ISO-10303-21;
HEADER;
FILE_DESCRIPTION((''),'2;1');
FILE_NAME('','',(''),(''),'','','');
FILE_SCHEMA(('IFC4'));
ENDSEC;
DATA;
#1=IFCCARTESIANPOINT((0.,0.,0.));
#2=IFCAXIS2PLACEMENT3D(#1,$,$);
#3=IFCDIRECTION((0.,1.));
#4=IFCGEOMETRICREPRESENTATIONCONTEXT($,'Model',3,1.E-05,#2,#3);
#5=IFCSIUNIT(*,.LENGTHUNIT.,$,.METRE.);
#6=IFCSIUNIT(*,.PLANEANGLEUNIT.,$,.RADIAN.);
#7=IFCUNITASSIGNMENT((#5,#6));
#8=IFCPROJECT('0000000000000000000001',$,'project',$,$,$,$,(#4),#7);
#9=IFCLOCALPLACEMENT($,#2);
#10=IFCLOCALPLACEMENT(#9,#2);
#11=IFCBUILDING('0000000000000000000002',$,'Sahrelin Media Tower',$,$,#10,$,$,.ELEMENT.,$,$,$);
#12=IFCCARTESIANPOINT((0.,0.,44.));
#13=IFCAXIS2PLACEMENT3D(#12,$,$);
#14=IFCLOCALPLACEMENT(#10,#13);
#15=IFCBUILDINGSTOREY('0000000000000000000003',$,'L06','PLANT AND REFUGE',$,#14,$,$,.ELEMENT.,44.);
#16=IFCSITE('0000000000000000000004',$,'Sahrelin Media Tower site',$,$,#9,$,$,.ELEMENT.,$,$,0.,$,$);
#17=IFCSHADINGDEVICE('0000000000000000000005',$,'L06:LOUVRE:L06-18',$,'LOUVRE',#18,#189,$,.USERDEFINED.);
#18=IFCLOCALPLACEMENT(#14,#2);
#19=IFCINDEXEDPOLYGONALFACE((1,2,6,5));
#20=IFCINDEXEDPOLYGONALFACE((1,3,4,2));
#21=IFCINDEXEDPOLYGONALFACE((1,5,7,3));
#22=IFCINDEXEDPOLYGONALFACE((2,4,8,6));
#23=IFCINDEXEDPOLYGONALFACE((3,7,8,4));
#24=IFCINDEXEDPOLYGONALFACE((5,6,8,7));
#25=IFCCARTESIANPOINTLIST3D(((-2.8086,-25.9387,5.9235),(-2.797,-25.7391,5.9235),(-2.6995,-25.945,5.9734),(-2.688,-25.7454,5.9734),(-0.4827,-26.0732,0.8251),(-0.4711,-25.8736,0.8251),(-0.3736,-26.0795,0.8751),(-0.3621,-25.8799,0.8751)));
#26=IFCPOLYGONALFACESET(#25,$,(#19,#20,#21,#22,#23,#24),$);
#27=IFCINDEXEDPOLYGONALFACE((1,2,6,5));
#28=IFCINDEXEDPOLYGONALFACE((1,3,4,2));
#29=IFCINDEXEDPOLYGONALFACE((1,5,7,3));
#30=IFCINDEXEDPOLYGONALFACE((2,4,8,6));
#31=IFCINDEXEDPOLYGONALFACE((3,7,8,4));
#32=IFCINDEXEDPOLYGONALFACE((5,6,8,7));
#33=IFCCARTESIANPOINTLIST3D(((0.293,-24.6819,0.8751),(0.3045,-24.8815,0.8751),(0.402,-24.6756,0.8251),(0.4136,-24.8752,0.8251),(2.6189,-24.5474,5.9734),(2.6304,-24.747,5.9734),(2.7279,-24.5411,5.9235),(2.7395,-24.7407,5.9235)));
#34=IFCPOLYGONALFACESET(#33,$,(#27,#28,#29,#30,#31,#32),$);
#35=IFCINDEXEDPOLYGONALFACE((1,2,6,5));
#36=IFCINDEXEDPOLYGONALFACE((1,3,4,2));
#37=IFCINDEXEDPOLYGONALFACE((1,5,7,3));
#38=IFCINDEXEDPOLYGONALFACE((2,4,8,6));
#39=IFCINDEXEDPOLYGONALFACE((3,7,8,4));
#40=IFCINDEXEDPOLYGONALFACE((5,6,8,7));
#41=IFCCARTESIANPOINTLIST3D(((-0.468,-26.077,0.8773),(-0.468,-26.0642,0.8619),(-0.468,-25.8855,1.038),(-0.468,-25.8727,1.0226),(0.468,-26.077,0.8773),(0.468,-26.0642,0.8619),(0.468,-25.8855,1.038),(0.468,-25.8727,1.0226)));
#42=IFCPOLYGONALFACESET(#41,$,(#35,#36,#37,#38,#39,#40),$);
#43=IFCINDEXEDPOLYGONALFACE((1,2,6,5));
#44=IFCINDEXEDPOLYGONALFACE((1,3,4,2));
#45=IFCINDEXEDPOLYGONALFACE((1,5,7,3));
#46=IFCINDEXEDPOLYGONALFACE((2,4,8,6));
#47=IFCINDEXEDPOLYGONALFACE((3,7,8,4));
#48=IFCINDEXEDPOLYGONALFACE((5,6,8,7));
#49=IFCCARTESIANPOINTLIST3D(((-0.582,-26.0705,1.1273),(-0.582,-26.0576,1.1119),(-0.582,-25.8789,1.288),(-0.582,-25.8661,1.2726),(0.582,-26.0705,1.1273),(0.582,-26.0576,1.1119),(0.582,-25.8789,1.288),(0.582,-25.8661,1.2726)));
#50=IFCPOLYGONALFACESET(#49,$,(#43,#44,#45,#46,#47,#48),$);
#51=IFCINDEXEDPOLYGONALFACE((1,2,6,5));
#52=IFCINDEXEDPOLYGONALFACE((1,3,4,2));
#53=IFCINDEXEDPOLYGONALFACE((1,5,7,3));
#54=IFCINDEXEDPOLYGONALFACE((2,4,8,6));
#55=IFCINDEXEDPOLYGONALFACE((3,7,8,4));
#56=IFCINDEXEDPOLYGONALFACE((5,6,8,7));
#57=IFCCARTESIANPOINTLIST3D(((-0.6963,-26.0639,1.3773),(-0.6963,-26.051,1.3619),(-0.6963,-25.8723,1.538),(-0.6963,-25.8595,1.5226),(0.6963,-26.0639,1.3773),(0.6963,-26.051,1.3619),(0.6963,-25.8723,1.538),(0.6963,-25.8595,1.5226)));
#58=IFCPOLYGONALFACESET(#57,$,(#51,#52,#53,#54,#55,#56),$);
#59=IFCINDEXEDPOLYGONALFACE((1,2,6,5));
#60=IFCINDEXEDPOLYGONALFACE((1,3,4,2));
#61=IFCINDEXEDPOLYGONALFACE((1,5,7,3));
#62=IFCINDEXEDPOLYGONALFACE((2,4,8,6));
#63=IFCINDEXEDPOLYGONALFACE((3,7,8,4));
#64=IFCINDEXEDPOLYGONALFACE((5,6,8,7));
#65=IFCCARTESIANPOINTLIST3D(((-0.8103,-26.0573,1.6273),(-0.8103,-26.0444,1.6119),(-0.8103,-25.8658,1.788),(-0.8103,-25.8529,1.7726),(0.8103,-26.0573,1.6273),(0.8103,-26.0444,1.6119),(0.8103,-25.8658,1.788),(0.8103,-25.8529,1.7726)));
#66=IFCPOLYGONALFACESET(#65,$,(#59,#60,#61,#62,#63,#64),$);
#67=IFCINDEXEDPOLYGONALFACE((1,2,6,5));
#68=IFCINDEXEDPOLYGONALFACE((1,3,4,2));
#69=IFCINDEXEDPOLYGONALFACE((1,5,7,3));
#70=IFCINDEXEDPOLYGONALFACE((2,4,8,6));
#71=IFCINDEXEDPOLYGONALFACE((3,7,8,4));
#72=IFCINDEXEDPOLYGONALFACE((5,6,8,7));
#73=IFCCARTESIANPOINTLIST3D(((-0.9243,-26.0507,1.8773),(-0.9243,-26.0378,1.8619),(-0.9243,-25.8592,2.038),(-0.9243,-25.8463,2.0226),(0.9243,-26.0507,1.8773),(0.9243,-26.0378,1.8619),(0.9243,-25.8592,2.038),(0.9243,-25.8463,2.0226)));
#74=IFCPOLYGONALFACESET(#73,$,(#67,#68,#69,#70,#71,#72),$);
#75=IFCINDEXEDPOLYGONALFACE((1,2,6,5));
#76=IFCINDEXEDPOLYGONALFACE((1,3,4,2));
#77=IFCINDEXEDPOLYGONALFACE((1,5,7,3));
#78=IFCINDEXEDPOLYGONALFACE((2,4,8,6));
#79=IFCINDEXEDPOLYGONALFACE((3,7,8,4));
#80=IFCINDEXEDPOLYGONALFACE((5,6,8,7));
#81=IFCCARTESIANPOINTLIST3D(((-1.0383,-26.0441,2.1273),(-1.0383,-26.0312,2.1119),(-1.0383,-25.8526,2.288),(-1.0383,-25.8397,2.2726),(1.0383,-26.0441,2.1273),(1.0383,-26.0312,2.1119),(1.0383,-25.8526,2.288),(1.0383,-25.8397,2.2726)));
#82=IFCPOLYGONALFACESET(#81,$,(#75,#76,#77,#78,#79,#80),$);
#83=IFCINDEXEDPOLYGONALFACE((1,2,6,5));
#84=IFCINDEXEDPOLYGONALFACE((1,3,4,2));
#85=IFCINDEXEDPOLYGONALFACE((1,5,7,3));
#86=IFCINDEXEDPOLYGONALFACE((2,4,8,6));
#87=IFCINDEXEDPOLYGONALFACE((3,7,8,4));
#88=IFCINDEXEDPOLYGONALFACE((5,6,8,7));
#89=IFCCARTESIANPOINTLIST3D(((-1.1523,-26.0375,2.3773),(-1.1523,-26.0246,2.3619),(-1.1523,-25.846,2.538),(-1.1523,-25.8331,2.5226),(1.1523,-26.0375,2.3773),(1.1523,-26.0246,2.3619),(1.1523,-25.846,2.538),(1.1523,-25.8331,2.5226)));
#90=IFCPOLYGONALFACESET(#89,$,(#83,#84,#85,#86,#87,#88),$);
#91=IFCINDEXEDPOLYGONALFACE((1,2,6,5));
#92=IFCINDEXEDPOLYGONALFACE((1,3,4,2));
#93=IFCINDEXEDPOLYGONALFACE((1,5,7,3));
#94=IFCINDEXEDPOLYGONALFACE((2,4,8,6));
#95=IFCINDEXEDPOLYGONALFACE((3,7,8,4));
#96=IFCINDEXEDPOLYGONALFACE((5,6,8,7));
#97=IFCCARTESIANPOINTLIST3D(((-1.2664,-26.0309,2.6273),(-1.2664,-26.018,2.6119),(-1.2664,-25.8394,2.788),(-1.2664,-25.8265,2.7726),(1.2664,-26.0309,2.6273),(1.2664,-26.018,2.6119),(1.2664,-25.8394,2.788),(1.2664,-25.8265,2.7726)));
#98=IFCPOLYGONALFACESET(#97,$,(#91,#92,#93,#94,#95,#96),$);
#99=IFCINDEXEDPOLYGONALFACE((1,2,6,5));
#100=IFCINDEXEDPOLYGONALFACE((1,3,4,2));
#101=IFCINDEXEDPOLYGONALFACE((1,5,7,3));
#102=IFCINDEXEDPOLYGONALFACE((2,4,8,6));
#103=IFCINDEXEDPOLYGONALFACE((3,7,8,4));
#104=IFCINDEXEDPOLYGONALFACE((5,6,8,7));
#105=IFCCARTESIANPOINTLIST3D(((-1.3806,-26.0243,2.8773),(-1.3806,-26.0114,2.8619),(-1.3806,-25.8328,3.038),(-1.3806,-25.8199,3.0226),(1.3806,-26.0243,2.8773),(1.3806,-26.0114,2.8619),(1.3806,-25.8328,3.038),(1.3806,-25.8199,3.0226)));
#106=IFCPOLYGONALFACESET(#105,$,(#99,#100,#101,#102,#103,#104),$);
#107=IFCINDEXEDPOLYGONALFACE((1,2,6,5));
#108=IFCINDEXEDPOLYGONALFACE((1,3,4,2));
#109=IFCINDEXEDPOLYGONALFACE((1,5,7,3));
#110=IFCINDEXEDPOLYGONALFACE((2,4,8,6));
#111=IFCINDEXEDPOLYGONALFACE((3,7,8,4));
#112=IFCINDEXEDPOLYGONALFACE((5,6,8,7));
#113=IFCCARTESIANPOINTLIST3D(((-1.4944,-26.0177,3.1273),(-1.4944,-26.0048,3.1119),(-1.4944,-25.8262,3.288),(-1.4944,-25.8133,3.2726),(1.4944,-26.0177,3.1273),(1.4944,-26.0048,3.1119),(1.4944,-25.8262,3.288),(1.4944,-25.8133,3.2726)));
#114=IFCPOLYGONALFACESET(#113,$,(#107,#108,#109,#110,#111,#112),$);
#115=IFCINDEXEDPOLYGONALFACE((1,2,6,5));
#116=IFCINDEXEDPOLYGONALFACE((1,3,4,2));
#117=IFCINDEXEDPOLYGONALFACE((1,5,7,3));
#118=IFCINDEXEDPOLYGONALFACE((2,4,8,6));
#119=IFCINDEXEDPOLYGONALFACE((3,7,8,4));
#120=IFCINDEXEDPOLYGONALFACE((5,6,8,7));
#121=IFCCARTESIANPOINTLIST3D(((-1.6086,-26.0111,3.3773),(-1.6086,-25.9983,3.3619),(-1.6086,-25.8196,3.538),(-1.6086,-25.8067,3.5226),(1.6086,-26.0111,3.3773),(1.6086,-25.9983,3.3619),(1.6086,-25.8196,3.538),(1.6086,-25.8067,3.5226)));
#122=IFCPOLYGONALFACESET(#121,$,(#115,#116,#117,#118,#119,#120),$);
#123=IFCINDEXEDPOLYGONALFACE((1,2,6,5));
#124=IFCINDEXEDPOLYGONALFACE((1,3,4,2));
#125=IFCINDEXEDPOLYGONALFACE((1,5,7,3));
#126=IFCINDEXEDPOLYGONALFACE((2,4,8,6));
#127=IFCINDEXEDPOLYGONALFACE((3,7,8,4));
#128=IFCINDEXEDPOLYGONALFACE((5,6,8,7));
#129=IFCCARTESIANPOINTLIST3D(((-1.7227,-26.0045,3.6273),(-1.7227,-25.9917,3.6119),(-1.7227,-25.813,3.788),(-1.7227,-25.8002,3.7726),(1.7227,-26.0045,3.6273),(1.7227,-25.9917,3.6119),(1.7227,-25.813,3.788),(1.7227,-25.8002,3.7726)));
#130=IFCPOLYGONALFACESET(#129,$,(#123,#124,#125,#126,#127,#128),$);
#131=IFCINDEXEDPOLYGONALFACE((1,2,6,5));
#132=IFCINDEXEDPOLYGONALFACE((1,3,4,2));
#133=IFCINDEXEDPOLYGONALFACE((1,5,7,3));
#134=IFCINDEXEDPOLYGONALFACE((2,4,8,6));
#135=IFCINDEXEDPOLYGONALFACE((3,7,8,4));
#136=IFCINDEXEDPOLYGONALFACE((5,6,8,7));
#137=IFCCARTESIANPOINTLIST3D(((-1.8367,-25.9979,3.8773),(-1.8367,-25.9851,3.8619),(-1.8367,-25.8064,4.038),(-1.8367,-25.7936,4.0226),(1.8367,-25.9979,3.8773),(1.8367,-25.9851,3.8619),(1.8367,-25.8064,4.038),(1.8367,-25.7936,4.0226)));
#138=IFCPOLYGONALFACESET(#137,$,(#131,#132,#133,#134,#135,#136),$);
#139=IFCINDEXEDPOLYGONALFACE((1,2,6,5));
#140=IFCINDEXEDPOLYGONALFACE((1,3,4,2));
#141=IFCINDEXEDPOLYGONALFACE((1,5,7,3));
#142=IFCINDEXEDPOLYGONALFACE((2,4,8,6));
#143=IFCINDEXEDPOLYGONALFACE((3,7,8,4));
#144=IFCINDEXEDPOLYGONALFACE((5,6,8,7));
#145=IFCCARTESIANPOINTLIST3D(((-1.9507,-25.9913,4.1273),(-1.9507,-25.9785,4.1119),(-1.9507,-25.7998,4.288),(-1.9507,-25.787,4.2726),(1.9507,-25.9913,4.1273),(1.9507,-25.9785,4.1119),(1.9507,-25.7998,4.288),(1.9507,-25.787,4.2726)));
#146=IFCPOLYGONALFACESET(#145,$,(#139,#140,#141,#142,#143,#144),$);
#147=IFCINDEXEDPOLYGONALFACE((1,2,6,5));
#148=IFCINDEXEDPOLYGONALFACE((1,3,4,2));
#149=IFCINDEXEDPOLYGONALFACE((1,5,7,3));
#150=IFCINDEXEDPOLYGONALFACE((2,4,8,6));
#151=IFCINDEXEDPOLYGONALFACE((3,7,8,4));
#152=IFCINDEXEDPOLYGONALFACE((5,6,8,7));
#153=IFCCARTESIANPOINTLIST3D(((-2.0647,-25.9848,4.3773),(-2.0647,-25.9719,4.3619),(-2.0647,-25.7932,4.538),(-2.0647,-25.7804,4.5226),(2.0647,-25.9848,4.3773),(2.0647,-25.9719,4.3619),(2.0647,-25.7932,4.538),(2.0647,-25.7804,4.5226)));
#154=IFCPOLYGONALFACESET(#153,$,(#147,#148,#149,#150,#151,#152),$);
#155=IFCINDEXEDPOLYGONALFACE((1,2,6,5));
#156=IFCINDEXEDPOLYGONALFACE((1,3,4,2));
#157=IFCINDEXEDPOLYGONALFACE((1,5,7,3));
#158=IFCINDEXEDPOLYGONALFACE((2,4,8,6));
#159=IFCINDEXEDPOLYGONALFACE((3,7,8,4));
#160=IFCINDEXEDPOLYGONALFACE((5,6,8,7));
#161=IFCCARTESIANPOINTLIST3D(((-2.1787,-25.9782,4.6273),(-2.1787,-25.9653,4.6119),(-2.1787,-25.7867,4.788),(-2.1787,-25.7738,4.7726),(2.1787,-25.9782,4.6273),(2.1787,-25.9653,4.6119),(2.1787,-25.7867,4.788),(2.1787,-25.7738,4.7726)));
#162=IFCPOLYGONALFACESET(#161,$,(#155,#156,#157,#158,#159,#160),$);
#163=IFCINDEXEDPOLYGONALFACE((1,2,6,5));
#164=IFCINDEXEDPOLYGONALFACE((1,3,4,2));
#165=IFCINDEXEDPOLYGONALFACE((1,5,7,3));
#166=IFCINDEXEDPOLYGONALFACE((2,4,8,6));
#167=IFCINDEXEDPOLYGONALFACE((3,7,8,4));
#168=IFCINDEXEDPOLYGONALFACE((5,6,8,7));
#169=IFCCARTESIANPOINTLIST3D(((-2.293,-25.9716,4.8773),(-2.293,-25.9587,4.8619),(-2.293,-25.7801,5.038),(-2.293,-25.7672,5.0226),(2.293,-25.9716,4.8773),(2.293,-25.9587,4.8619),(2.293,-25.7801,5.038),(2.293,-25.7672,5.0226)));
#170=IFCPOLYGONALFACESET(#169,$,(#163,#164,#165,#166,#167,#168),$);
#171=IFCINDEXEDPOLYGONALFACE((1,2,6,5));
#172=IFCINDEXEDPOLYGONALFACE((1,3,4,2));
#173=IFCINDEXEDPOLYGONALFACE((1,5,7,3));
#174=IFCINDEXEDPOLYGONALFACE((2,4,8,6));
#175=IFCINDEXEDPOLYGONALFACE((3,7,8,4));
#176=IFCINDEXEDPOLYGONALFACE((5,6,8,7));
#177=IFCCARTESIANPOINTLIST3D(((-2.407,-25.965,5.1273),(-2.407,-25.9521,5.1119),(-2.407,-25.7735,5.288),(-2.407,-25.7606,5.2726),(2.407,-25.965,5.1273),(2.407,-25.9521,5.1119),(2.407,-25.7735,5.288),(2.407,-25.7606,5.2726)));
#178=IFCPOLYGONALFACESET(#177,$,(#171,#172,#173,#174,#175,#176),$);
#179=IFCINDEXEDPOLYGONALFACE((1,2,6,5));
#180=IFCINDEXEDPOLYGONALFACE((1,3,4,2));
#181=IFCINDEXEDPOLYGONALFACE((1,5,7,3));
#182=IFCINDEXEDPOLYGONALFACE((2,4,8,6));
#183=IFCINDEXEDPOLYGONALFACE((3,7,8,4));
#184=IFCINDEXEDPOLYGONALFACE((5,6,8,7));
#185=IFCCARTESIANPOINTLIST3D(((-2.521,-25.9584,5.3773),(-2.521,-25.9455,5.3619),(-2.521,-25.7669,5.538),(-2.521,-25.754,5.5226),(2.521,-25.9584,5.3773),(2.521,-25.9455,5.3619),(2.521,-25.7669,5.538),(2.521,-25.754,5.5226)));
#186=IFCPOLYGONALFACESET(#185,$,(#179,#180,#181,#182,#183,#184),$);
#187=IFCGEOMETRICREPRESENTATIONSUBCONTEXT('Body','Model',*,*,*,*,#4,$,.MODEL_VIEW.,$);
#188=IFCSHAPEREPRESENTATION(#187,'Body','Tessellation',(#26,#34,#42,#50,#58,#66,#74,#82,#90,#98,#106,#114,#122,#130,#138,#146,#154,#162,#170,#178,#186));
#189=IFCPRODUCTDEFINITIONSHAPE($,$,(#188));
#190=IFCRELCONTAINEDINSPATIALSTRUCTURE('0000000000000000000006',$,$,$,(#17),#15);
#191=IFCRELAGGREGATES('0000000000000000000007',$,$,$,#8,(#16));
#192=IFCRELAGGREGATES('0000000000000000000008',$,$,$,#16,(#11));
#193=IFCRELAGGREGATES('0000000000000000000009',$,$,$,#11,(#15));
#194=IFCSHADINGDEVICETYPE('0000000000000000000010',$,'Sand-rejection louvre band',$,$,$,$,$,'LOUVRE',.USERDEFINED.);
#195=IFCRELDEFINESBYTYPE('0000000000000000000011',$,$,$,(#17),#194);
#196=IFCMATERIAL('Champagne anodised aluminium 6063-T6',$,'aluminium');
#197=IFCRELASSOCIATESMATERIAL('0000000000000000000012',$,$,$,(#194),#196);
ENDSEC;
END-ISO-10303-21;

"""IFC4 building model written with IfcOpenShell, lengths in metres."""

from ifc_helpers import new_model, si_unit, direction, frame, origin, origin_2d, place, context, subcontext, project, spatial, rectangle, extrude, material, type_object, element, save


model = new_model("IFC4")

# Units and contexts
model_context = context("Model", 3, precision=1e-05, world=origin(), true_north=direction((0.0, 1.0)))
body_context = subcontext(model_context, "Body", "Model", "MODEL_VIEW")
ifc_project = project(units=[si_unit("LENGTHUNIT", "METRE"), si_unit("PLANEANGLEUNIT", "RADIAN")], contexts=[model_context])

# Site, building, storey
site_placement = place(None, origin())
site = spatial("IfcSite", under=ifc_project, at=site_placement, Name="Sahrelin Media Tower site", CompositionType="ELEMENT", RefElevation=0.0)
building_placement = place(site_placement, origin())
building = spatial("IfcBuilding", under=site, at=building_placement, Name="Sahrelin Media Tower", CompositionType="ELEMENT")
storey_placement = place(building_placement, frame((0.0, 0.0, 44.0)))
storey = spatial("IfcBuildingStorey", under=building, at=storey_placement, Name="L06", Description="PLANT AND REFUGE", CompositionType="ELEMENT", Elevation=44.0)

# Shared definitions
ifc_material_1 = material(Name="Champagne anodised aluminium 6063-T6", Category="aluminium")

# Shading device
shading_device_type = type_object("IfcShadingDeviceType", Name="Sand-rejection louvre band", ElementType="LOUVRE", PredefinedType="USERDEFINED", material=ifc_material_1)
shading_device_1_placement = place(storey_placement, frame((0.0, -25.3999, 0.0), z_axis=(0.0, 0.0, 1.0), x_axis=(-1.0, 0.0, 0.0)))
element("IfcShadingDevice", 1, at=shading_device_1_placement, inside=storey, type_object=shading_device_type, Name="L06:LOUVRE:L06-18", ObjectType="LOUVRE", PredefinedType="USERDEFINED", context=body_context, shape_type="SweptSolid", body=[
    extrude(rectangle(XDim=0.2, YDim=0.1201, at=origin_2d()), frame((0.4224, 0.5767, 0.8501), z_axis=(0.414937, -0.023998, 0.909534), x_axis=(0.057739, 0.998332, 0.0)), (0.0, 0.0, 1.0), 5.6055),
    extrude(rectangle(XDim=0.2, YDim=0.1201, at=origin_2d()), frame((-0.3533, -0.6213, 0.8501), z_axis=(-0.414937, -0.023998, 0.909534), x_axis=(0.057739, -0.998332, 0.0)), (0.0, 0.0, 1.0), 5.6055),
    extrude(rectangle(XDim=0.25, YDim=0.02, at=origin_2d()), frame((0.468, 0.575, 0.95), z_axis=(-1.0, 0.0, 0.0), x_axis=(0.0, -0.766044, 0.642788)), (0.0, 0.0, 1.0), 0.936),
    extrude(rectangle(XDim=0.25, YDim=0.02, at=origin_2d()), frame((0.582, 0.5684, 1.2), z_axis=(-1.0, 0.0, 0.0), x_axis=(0.0, -0.766044, 0.642788)), (0.0, 0.0, 1.0), 1.1641),
    extrude(rectangle(XDim=0.25, YDim=0.02, at=origin_2d()), frame((0.6963, 0.5618, 1.45), z_axis=(-1.0, 0.0, 0.0), x_axis=(0.0, -0.766044, 0.642788)), (0.0, 0.0, 1.0), 1.3926),
    extrude(rectangle(XDim=0.25, YDim=0.02, at=origin_2d()), frame((0.8103, 0.5552, 1.7), z_axis=(-1.0, 0.0, 0.0), x_axis=(0.0, -0.766044, 0.642788)), (0.0, 0.0, 1.0), 1.6206),
    extrude(rectangle(XDim=0.25, YDim=0.02, at=origin_2d()), frame((0.9243, 0.5486, 1.95), z_axis=(-1.0, 0.0, 0.0), x_axis=(0.0, -0.766044, 0.642788)), (0.0, 0.0, 1.0), 1.8486),
    extrude(rectangle(XDim=0.25, YDim=0.02, at=origin_2d()), frame((1.0383, 0.542, 2.2), z_axis=(-1.0, 0.0, 0.0), x_axis=(0.0, -0.766044, 0.642788)), (0.0, 0.0, 1.0), 2.0767),
    extrude(rectangle(XDim=0.25, YDim=0.02, at=origin_2d()), frame((1.1523, 0.5354, 2.45), z_axis=(-1.0, 0.0, 0.0), x_axis=(0.0, -0.766044, 0.642788)), (0.0, 0.0, 1.0), 2.3047),
    extrude(rectangle(XDim=0.25, YDim=0.02, at=origin_2d()), frame((1.2664, 0.5288, 2.7), z_axis=(-1.0, 0.0, 0.0), x_axis=(0.0, -0.766044, 0.642788)), (0.0, 0.0, 1.0), 2.5327),
    extrude(rectangle(XDim=0.25, YDim=0.02, at=origin_2d()), frame((1.3806, 0.5222, 2.95), z_axis=(-1.0, 0.0, 0.0), x_axis=(0.0, -0.766044, 0.642788)), (0.0, 0.0, 1.0), 2.7612),
    extrude(rectangle(XDim=0.25, YDim=0.02, at=origin_2d()), frame((1.4944, 0.5156, 3.2), z_axis=(-1.0, 0.0, 0.0), x_axis=(0.0, -0.766044, 0.642788)), (0.0, 0.0, 1.0), 2.9888),
    extrude(rectangle(XDim=0.25, YDim=0.02, at=origin_2d()), frame((1.6086, 0.509, 3.45), z_axis=(-1.0, 0.0, 0.0), x_axis=(0.0, -0.766044, 0.642788)), (0.0, 0.0, 1.0), 3.2173),
    extrude(rectangle(XDim=0.25, YDim=0.02, at=origin_2d()), frame((1.7227, 0.5024, 3.7), z_axis=(-1.0, 0.0, 0.0), x_axis=(0.0, -0.766044, 0.642788)), (0.0, 0.0, 1.0), 3.4453),
    extrude(rectangle(XDim=0.25, YDim=0.02, at=origin_2d()), frame((1.8367, 0.4958, 3.95), z_axis=(-1.0, 0.0, 0.0), x_axis=(0.0, -0.766044, 0.642788)), (0.0, 0.0, 1.0), 3.6733),
    extrude(rectangle(XDim=0.25, YDim=0.02, at=origin_2d()), frame((1.9507, 0.4893, 4.2), z_axis=(-1.0, 0.0, 0.0), x_axis=(0.0, -0.766044, 0.642788)), (0.0, 0.0, 1.0), 3.9014),
    extrude(rectangle(XDim=0.25, YDim=0.02, at=origin_2d()), frame((2.0647, 0.4827, 4.45), z_axis=(-1.0, 0.0, 0.0), x_axis=(0.0, -0.766044, 0.642788)), (0.0, 0.0, 1.0), 4.1294),
    extrude(rectangle(XDim=0.25, YDim=0.02, at=origin_2d()), frame((2.1787, 0.4761, 4.7), z_axis=(-1.0, 0.0, 0.0), x_axis=(0.0, -0.766044, 0.642788)), (0.0, 0.0, 1.0), 4.3574),
    extrude(rectangle(XDim=0.25, YDim=0.02, at=origin_2d()), frame((2.293, 0.4695, 4.95), z_axis=(-1.0, 0.0, 0.0), x_axis=(0.0, -0.766044, 0.642788)), (0.0, 0.0, 1.0), 4.5859),
    extrude(rectangle(XDim=0.25, YDim=0.02, at=origin_2d()), frame((2.407, 0.4629, 5.2), z_axis=(-1.0, 0.0, 0.0), x_axis=(0.0, -0.766044, 0.642788)), (0.0, 0.0, 1.0), 4.814),
    extrude(rectangle(XDim=0.25, YDim=0.02, at=origin_2d()), frame((2.521, 0.4563, 5.45), z_axis=(-1.0, 0.0, 0.0), x_axis=(0.0, -0.766044, 0.642788)), (0.0, 0.0, 1.0), 5.042),
])

save(model, "model.ifc")
